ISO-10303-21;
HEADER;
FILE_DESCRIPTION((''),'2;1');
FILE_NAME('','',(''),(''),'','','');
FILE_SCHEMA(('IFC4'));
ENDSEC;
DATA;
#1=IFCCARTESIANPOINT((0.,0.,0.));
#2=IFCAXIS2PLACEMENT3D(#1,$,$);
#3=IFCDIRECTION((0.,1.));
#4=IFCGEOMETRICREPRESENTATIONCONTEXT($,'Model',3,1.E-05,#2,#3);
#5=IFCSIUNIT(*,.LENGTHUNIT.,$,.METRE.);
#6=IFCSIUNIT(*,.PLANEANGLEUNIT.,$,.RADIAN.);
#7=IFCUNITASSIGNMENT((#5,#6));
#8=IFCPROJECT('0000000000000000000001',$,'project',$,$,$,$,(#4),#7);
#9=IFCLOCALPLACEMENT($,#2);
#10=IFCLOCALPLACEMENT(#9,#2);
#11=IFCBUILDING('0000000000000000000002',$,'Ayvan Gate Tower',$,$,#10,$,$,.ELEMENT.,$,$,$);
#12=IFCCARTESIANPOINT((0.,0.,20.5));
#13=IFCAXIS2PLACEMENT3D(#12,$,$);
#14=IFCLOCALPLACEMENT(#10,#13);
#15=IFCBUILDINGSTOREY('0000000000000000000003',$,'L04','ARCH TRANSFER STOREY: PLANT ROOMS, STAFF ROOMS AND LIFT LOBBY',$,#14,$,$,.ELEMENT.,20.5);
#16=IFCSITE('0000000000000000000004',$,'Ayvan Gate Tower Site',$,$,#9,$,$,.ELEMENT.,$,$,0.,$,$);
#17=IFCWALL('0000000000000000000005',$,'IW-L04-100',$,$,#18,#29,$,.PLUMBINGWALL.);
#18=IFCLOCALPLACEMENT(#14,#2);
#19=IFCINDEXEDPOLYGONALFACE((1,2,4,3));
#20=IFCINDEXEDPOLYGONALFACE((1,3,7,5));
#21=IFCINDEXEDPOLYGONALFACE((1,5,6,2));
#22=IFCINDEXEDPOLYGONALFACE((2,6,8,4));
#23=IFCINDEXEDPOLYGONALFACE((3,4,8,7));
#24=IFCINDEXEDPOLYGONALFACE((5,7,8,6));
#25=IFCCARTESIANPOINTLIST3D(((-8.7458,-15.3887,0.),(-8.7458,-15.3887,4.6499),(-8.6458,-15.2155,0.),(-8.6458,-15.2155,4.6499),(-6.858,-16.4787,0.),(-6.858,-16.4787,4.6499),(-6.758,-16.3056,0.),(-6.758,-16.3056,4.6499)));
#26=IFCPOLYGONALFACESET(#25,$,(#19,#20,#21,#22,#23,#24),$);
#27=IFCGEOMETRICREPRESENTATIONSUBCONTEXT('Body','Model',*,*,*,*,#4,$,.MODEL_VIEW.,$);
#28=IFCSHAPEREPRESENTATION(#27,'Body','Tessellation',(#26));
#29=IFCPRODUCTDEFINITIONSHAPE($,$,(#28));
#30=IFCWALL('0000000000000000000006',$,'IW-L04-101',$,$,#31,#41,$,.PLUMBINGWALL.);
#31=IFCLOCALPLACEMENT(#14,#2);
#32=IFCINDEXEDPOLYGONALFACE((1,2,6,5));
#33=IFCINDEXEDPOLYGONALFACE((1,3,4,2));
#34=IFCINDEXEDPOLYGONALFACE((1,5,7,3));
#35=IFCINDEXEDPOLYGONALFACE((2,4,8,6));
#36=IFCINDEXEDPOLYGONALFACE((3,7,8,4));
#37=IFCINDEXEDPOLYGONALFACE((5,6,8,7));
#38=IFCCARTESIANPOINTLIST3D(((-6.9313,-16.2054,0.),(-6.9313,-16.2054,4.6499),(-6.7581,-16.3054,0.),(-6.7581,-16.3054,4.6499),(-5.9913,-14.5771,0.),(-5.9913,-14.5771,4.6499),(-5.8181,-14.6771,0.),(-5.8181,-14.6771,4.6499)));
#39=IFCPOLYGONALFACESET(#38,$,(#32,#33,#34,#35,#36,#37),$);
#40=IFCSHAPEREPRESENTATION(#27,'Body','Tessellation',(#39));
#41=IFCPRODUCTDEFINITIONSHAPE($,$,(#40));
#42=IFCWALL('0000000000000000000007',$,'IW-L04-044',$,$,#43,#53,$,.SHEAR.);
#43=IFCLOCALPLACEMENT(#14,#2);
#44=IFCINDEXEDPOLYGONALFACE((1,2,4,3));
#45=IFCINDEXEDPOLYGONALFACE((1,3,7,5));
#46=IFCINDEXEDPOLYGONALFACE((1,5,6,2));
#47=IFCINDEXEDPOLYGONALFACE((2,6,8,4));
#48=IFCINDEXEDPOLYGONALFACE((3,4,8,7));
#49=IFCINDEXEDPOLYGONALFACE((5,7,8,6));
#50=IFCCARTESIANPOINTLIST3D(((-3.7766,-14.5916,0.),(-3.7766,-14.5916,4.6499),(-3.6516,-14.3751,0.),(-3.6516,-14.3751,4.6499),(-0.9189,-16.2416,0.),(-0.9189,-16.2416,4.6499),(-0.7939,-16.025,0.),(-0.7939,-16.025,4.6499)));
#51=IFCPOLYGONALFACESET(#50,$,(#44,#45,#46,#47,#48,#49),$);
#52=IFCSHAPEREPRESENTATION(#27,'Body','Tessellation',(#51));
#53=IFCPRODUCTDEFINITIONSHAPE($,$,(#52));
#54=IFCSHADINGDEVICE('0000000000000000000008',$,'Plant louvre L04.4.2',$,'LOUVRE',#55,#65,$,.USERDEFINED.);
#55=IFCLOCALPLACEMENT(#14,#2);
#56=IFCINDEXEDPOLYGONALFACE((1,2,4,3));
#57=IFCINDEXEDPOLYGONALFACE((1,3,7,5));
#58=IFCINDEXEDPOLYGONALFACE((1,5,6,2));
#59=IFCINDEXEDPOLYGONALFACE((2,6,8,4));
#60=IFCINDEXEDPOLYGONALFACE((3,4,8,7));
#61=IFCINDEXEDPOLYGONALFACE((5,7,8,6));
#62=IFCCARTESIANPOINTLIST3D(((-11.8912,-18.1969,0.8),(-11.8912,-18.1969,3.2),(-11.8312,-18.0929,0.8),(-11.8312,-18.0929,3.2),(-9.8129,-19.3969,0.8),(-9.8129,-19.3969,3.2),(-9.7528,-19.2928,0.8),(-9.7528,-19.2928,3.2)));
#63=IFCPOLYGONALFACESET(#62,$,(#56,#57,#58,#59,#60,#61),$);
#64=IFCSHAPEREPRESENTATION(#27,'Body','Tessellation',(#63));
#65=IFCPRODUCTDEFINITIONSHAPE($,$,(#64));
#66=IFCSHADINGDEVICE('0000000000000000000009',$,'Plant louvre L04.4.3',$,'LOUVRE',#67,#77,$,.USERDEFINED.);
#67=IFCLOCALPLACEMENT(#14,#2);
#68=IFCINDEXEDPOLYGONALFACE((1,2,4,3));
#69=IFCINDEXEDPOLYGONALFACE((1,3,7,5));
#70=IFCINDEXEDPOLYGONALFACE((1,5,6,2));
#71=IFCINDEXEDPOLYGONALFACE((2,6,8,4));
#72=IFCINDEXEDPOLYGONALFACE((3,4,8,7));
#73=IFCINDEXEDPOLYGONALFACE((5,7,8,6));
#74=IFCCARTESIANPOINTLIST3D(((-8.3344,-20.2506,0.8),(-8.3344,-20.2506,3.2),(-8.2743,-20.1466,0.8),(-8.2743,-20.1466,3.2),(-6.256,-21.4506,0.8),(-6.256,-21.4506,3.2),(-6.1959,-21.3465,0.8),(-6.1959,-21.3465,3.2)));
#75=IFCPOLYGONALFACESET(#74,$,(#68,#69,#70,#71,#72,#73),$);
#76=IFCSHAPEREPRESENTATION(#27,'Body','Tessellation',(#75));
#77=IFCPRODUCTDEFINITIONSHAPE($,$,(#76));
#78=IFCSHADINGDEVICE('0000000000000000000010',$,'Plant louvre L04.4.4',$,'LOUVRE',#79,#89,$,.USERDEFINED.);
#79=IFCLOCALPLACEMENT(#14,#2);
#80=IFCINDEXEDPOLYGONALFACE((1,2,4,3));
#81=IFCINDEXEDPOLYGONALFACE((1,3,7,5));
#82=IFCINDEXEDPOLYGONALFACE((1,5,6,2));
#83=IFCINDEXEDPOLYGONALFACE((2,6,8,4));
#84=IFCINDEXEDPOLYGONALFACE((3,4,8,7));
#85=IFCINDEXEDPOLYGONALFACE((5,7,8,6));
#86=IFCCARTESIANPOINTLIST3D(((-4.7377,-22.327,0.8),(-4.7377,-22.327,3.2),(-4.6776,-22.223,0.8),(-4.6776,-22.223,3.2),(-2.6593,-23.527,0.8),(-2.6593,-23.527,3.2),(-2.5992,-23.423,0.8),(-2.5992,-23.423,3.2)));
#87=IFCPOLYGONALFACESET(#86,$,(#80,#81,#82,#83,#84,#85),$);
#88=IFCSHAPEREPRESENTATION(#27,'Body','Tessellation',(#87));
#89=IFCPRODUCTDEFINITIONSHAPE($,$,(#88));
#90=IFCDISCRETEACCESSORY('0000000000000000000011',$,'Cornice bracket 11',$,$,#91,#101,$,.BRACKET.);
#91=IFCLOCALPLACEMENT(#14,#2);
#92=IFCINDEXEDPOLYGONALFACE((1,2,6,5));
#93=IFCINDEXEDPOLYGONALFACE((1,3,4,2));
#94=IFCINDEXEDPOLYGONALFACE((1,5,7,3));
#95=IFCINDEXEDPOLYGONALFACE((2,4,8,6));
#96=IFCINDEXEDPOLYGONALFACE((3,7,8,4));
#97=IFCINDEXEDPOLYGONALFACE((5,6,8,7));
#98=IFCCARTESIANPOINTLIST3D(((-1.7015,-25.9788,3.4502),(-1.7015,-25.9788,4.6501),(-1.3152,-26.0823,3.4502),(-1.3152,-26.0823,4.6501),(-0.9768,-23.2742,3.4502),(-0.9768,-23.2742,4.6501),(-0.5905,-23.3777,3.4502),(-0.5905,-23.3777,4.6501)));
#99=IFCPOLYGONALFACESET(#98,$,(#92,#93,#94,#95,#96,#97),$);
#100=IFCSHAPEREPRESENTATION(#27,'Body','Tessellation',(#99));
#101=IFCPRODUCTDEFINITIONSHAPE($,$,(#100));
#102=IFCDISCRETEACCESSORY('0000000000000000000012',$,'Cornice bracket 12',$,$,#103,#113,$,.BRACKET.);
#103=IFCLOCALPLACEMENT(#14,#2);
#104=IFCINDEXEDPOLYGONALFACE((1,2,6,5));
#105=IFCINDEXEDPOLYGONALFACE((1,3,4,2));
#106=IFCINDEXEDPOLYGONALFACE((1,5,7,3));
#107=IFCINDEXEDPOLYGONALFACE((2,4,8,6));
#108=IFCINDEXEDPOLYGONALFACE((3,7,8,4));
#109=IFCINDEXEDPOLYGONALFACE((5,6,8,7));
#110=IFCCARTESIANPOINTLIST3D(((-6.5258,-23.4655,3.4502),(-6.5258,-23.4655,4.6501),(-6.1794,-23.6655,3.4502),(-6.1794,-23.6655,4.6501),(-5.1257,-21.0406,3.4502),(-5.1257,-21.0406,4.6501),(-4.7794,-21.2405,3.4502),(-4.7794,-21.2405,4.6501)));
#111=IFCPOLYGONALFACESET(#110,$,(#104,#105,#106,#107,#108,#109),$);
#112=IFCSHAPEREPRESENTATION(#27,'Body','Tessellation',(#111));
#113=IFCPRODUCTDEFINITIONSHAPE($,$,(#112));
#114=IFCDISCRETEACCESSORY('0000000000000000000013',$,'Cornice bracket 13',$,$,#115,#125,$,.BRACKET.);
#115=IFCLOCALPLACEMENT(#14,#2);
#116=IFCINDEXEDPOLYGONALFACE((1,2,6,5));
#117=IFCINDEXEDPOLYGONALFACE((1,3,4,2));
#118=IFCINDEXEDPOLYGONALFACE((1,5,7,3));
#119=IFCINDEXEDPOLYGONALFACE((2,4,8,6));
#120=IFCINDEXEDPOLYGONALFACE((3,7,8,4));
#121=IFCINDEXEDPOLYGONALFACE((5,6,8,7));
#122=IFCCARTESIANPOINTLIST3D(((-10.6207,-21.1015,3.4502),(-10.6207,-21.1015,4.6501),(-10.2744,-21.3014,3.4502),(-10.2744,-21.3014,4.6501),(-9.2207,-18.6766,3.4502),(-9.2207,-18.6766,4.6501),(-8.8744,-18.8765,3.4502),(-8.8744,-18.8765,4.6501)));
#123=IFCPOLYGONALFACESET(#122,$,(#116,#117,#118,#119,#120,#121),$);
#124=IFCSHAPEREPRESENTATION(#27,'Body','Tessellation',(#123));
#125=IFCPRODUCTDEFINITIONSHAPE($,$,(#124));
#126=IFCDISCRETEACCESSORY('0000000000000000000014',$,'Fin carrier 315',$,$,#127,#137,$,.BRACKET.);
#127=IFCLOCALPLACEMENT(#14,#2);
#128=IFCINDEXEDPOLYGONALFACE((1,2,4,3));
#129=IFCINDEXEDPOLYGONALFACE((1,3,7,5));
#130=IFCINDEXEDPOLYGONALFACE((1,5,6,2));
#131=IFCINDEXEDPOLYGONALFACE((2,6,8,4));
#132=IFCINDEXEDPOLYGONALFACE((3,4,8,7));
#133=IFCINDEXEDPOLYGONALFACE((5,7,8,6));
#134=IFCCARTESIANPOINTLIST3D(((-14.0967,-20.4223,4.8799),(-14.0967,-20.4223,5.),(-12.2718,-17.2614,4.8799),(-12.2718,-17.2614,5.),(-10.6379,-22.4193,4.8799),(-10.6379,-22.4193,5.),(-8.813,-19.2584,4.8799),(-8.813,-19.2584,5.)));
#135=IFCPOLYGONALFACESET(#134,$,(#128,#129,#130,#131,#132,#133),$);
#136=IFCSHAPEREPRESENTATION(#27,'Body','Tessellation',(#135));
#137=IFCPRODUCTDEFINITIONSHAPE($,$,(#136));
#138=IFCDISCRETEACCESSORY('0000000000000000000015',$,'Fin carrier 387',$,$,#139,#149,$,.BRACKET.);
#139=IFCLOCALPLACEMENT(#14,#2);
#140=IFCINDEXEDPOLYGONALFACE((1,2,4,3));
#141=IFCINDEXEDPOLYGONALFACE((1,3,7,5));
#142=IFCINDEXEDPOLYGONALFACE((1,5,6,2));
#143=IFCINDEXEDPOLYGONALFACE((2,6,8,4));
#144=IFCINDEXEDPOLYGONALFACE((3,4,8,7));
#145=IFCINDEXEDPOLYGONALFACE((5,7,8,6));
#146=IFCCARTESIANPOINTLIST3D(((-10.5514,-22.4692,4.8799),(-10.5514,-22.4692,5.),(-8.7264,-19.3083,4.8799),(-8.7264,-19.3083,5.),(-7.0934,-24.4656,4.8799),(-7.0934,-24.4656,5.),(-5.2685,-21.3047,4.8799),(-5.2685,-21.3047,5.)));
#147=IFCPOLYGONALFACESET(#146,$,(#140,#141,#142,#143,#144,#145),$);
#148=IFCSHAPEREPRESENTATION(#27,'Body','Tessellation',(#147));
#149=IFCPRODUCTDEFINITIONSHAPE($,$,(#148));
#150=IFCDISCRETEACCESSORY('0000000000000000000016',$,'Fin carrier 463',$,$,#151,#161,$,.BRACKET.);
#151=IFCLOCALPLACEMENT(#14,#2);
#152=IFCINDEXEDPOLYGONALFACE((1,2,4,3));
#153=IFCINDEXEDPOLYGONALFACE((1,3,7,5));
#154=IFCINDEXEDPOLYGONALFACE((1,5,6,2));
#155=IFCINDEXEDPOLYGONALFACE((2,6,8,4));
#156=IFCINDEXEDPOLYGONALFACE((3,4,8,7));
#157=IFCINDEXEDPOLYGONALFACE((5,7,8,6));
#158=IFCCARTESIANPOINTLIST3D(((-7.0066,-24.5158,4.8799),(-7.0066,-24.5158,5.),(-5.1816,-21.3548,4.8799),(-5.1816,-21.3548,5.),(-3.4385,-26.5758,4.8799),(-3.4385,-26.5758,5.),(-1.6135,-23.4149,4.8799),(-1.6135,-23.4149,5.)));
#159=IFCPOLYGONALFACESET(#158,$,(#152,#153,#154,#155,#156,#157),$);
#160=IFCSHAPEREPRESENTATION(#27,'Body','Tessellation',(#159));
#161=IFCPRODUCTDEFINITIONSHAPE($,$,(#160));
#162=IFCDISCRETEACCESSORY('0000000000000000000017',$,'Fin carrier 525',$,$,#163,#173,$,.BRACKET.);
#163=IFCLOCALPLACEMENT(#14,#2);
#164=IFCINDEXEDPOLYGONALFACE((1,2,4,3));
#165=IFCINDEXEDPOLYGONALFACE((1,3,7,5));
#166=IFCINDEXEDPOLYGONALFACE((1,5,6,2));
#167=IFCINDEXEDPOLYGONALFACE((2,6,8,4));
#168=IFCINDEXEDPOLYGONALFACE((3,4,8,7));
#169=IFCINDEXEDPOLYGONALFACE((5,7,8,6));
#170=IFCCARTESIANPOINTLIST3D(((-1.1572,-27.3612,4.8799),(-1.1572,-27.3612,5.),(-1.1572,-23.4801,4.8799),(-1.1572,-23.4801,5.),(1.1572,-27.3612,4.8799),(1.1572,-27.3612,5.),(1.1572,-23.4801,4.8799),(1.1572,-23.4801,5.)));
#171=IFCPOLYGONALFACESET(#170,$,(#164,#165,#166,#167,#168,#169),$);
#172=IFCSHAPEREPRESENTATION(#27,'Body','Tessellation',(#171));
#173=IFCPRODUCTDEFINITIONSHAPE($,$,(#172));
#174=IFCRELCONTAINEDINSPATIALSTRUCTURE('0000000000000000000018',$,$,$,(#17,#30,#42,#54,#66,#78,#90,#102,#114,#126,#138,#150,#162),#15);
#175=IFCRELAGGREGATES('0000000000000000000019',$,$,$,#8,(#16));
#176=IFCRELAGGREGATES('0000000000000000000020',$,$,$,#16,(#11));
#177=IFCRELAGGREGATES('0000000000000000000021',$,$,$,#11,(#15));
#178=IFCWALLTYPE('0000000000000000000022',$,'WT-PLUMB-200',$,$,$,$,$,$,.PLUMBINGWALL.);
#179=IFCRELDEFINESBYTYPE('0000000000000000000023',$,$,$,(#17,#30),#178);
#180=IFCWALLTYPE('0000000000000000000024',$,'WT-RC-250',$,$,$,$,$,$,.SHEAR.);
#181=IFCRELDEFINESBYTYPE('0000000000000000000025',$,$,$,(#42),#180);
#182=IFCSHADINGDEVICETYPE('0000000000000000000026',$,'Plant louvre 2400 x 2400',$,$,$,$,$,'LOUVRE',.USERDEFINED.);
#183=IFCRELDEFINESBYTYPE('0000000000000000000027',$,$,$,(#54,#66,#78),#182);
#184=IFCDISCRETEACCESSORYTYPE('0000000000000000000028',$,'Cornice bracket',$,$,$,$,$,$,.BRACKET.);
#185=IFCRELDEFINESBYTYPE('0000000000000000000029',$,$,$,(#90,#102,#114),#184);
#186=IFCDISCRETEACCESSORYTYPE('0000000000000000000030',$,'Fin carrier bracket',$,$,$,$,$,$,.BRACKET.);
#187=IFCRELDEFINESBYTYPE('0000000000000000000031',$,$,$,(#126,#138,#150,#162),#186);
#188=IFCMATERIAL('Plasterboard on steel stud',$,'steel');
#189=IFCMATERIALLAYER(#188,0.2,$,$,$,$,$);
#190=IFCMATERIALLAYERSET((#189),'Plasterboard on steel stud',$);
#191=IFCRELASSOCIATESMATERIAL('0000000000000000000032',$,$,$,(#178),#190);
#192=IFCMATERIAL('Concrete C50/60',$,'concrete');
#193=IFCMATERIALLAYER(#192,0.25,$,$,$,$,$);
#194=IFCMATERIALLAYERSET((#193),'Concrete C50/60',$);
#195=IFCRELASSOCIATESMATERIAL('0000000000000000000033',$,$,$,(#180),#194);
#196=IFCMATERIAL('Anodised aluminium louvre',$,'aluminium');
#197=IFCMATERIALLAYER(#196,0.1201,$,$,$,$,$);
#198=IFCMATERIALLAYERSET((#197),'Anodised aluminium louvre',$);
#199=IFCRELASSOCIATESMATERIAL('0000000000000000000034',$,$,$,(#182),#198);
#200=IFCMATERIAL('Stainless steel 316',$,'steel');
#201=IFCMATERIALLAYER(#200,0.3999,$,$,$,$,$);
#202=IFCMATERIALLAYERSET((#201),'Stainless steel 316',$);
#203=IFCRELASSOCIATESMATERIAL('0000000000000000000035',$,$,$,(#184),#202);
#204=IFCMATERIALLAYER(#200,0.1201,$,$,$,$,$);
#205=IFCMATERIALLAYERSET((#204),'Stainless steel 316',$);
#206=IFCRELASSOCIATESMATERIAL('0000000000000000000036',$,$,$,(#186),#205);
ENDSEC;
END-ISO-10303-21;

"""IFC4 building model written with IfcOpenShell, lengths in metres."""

from ifc_helpers import new_model, si_unit, direction, frame, frame_2d, origin, origin_2d, place, context, subcontext, project, spatial, rectangle, extrude, material, layer, layer_set, type_object, element, save


model = new_model("IFC4")

# Units and contexts
model_context = context("Model", 3, precision=1e-05, world=origin(), true_north=direction((0.0, 1.0)))
body_context = subcontext(model_context, "Body", "Model", "MODEL_VIEW")
ifc_project = project(units=[si_unit("LENGTHUNIT", "METRE"), si_unit("PLANEANGLEUNIT", "RADIAN")], contexts=[model_context])

# Site, building, storey
site_placement = place(None, origin())
site = spatial("IfcSite", under=ifc_project, at=site_placement, Name="Ayvan Gate Tower Site", CompositionType="ELEMENT", RefElevation=0.0)
building_placement = place(site_placement, origin())
building = spatial("IfcBuilding", under=site, at=building_placement, Name="Ayvan Gate Tower", CompositionType="ELEMENT")
storey_placement = place(building_placement, frame((0.0, 0.0, 20.5)))
storey = spatial("IfcBuildingStorey", under=building, at=storey_placement, Name="L04", Description="ARCH TRANSFER STOREY: PLANT ROOMS, STAFF ROOMS AND LIFT LOBBY", CompositionType="ELEMENT", Elevation=20.5)

# Shared definitions
ifc_material_1 = material(Name="Anodised aluminium louvre", Category="aluminium")

# Walls
ifc_material_2 = material(Name="Plasterboard on steel stud", Category="steel")
ifc_layer_1 = layer(ifc_material_2, 0.2)
ifc_layer_set_1 = layer_set([ifc_layer_1], Name="Plasterboard on steel stud")
wall_type_1 = type_object("IfcWallType", Name="WT-PLUMB-200", PredefinedType="PLUMBINGWALL", material=ifc_layer_set_1)
wall_1_placement = place(storey_placement, frame((-6.8081, -16.3921, 0.0), z_axis=(0.0, 0.0, 1.0), x_axis=(-0.866008, 0.500029, 0.0)))
element("IfcWall", 1, at=wall_1_placement, inside=storey, type_object=wall_type_1, Name="IW-L04-100", PredefinedType="PLUMBINGWALL", context=body_context, shape_type="SweptSolid", body=[
    extrude(rectangle(XDim=2.1799, YDim=0.2, at=frame_2d((1.0898, 0.0))), origin(), (0.0, 0.0, 1.0), 4.6499),
])
wall_2_placement = place(storey_placement, frame((-5.9048, -14.6272, 0.0), z_axis=(0.0, 0.0, 1.0), x_axis=(-0.499966, -0.866045, 0.0)))
element("IfcWall", 2, at=wall_2_placement, inside=storey, type_object=wall_type_1, Name="IW-L04-101", PredefinedType="PLUMBINGWALL", context=body_context, shape_type="SweptSolid", body=[
    extrude(rectangle(XDim=1.8801, YDim=0.2, at=frame_2d((0.9399, 0.0))), origin(), (0.0, 0.0, 1.0), 4.6499),
])
ifc_material_3 = material(Name="Concrete C50/60", Category="concrete")
ifc_layer_2 = layer(ifc_material_3, 0.25)
ifc_layer_set_2 = layer_set([ifc_layer_2], Name="Concrete C50/60")
wall_type_2 = type_object("IfcWallType", Name="WT-RC-250", PredefinedType="SHEAR", material=ifc_layer_set_2)
wall_3_placement = place(storey_placement, frame((-0.8564, -16.1333, 0.0), z_axis=(0.0, 0.0, 1.0), x_axis=(-0.866022, 0.500006, 0.0)))
element("IfcWall", 3, at=wall_3_placement, inside=storey, type_object=wall_type_2, Name="IW-L04-044", PredefinedType="SHEAR", context=body_context, shape_type="SweptSolid", body=[
    extrude(rectangle(XDim=3.2998, YDim=0.25, at=frame_2d((1.6499, 0.0))), origin(), (0.0, 0.0, 1.0), 4.6499),
])

# Shading devices
ifc_layer_3 = layer(ifc_material_1, 0.1201)
ifc_layer_set_3 = layer_set([ifc_layer_3], Name="Anodised aluminium louvre")
shading_device_type = type_object("IfcShadingDeviceType", Name="Plant louvre 2400 x 2400", ElementType="LOUVRE", PredefinedType="USERDEFINED", material=ifc_layer_set_3)
for number, where, z_axis, x_axis, name in (
    (4, (-10.822, -18.7449, 0.8), (0.0, 0.0, 1.0), (0.866025, -0.5, 0.0), "Plant louvre L04.4.2"),
    (5, (-7.2651, -20.7986, 0.8), (0.0, 0.0, 1.0), (0.866025, -0.5, 0.0), "Plant louvre L04.4.3"),
    (6, (-3.6685, -22.875, 0.8), (0.0, 0.0, 1.0), (0.866025, -0.5, 0.0), "Plant louvre L04.4.4"),
):
    element("IfcShadingDevice", number, at=place(storey_placement, frame(where, z_axis=z_axis, x_axis=x_axis)), inside=storey, type_object=shading_device_type, Name=name, ObjectType="LOUVRE", PredefinedType="USERDEFINED", context=body_context, shape_type="SweptSolid", body=[
        extrude(rectangle(XDim=2.3999, YDim=0.1201, at=origin_2d()), origin(), (0.0, 0.0, 1.0), 2.3999),
    ])

# Discrete accessories
ifc_material_4 = material(Name="Stainless steel 316", Category="steel")
ifc_layer_4 = layer(ifc_material_4, 0.3999)
ifc_layer_set_4 = layer_set([ifc_layer_4], Name="Stainless steel 316")
discrete_accessory_type_1 = type_object("IfcDiscreteAccessoryType", Name="Cornice bracket", PredefinedType="BRACKET", material=ifc_layer_set_4)
for number, where, z_axis, x_axis, name in (
    (7, (-1.146, -24.6782, 3.4502), (0.0, 0.0, 1.0), (-0.258819, -0.965926, 0.0), "Cornice bracket 11"),
    (8, (-5.6526, -22.353, 3.4502), (0.0, 0.0, 1.0), (-0.5, -0.866025, 0.0), "Cornice bracket 12"),
    (9, (-9.7476, -19.989, 3.4502), (0.0, 0.0, 1.0), (-0.5, -0.866025, 0.0), "Cornice bracket 13"),
):
    element("IfcDiscreteAccessory", number, at=place(storey_placement, frame(where, z_axis=z_axis, x_axis=x_axis)), inside=storey, type_object=discrete_accessory_type_1, Name=name, PredefinedType="BRACKET", context=body_context, shape_type="SweptSolid", body=[
        extrude(rectangle(XDim=2.8, YDim=0.3999, at=origin_2d()), origin(), (0.0, 0.0, 1.0), 1.2),
    ])
ifc_layer_5 = layer(ifc_material_4, 0.1201)
ifc_layer_set_5 = layer_set([ifc_layer_5], Name="Stainless steel 316")
discrete_accessory_type_2 = type_object("IfcDiscreteAccessoryType", Name="Fin carrier bracket", PredefinedType="BRACKET", material=ifc_layer_set_5)
discrete_accessory_1_placement = place(storey_placement, frame((-11.4548, -19.8403, 4.8799), z_axis=(0.0, 0.0, 1.0), x_axis=(0.866025, -0.5, 0.0)))
element("IfcDiscreteAccessory", 10, at=discrete_accessory_1_placement, inside=storey, type_object=discrete_accessory_type_2, Name="Fin carrier 315", PredefinedType="BRACKET", context=body_context, shape_type="SweptSolid", body=[
    extrude(rectangle(XDim=3.9939, YDim=3.6499, at=origin_2d()), origin(), (0.0, 0.0, 1.0), 0.1201),
])
discrete_accessory_2_placement = place(storey_placement, frame((-7.9099, -21.887, 4.8799), z_axis=(0.0, 0.0, 1.0), x_axis=(0.866025, -0.5, 0.0)))
element("IfcDiscreteAccessory", 11, at=discrete_accessory_2_placement, inside=storey, type_object=discrete_accessory_type_2, Name="Fin carrier 387", PredefinedType="BRACKET", context=body_context, shape_type="SweptSolid", body=[
    extrude(rectangle(XDim=3.9929, YDim=3.6499, at=origin_2d()), origin(), (0.0, 0.0, 1.0), 0.1201),
])
discrete_accessory_3_placement = place(storey_placement, frame((-4.3101, -23.9653, 4.8799), z_axis=(0.0, 0.0, 1.0), x_axis=(0.866025, -0.5, 0.0)))
element("IfcDiscreteAccessory", 12, at=discrete_accessory_3_placement, inside=storey, type_object=discrete_accessory_type_2, Name="Fin carrier 463", PredefinedType="BRACKET", context=body_context, shape_type="SweptSolid", body=[
    extrude(rectangle(XDim=4.1201, YDim=3.6499, at=origin_2d()), origin(), (0.0, 0.0, 1.0), 0.1201),
])
discrete_accessory_4_placement = place(storey_placement, frame((0.0, -25.4207, 4.8799), z_axis=(0.0, 0.0, 1.0), x_axis=(1.0, 0.0, 0.0)))
element("IfcDiscreteAccessory", 13, at=discrete_accessory_4_placement, inside=storey, type_object=discrete_accessory_type_2, Name="Fin carrier 525", PredefinedType="BRACKET", context=body_context, shape_type="SweptSolid", body=[
    extrude(rectangle(XDim=2.3145, YDim=3.8811, at=origin_2d()), origin(), (0.0, 0.0, 1.0), 0.1201),
])

save(model, "model.ifc")
